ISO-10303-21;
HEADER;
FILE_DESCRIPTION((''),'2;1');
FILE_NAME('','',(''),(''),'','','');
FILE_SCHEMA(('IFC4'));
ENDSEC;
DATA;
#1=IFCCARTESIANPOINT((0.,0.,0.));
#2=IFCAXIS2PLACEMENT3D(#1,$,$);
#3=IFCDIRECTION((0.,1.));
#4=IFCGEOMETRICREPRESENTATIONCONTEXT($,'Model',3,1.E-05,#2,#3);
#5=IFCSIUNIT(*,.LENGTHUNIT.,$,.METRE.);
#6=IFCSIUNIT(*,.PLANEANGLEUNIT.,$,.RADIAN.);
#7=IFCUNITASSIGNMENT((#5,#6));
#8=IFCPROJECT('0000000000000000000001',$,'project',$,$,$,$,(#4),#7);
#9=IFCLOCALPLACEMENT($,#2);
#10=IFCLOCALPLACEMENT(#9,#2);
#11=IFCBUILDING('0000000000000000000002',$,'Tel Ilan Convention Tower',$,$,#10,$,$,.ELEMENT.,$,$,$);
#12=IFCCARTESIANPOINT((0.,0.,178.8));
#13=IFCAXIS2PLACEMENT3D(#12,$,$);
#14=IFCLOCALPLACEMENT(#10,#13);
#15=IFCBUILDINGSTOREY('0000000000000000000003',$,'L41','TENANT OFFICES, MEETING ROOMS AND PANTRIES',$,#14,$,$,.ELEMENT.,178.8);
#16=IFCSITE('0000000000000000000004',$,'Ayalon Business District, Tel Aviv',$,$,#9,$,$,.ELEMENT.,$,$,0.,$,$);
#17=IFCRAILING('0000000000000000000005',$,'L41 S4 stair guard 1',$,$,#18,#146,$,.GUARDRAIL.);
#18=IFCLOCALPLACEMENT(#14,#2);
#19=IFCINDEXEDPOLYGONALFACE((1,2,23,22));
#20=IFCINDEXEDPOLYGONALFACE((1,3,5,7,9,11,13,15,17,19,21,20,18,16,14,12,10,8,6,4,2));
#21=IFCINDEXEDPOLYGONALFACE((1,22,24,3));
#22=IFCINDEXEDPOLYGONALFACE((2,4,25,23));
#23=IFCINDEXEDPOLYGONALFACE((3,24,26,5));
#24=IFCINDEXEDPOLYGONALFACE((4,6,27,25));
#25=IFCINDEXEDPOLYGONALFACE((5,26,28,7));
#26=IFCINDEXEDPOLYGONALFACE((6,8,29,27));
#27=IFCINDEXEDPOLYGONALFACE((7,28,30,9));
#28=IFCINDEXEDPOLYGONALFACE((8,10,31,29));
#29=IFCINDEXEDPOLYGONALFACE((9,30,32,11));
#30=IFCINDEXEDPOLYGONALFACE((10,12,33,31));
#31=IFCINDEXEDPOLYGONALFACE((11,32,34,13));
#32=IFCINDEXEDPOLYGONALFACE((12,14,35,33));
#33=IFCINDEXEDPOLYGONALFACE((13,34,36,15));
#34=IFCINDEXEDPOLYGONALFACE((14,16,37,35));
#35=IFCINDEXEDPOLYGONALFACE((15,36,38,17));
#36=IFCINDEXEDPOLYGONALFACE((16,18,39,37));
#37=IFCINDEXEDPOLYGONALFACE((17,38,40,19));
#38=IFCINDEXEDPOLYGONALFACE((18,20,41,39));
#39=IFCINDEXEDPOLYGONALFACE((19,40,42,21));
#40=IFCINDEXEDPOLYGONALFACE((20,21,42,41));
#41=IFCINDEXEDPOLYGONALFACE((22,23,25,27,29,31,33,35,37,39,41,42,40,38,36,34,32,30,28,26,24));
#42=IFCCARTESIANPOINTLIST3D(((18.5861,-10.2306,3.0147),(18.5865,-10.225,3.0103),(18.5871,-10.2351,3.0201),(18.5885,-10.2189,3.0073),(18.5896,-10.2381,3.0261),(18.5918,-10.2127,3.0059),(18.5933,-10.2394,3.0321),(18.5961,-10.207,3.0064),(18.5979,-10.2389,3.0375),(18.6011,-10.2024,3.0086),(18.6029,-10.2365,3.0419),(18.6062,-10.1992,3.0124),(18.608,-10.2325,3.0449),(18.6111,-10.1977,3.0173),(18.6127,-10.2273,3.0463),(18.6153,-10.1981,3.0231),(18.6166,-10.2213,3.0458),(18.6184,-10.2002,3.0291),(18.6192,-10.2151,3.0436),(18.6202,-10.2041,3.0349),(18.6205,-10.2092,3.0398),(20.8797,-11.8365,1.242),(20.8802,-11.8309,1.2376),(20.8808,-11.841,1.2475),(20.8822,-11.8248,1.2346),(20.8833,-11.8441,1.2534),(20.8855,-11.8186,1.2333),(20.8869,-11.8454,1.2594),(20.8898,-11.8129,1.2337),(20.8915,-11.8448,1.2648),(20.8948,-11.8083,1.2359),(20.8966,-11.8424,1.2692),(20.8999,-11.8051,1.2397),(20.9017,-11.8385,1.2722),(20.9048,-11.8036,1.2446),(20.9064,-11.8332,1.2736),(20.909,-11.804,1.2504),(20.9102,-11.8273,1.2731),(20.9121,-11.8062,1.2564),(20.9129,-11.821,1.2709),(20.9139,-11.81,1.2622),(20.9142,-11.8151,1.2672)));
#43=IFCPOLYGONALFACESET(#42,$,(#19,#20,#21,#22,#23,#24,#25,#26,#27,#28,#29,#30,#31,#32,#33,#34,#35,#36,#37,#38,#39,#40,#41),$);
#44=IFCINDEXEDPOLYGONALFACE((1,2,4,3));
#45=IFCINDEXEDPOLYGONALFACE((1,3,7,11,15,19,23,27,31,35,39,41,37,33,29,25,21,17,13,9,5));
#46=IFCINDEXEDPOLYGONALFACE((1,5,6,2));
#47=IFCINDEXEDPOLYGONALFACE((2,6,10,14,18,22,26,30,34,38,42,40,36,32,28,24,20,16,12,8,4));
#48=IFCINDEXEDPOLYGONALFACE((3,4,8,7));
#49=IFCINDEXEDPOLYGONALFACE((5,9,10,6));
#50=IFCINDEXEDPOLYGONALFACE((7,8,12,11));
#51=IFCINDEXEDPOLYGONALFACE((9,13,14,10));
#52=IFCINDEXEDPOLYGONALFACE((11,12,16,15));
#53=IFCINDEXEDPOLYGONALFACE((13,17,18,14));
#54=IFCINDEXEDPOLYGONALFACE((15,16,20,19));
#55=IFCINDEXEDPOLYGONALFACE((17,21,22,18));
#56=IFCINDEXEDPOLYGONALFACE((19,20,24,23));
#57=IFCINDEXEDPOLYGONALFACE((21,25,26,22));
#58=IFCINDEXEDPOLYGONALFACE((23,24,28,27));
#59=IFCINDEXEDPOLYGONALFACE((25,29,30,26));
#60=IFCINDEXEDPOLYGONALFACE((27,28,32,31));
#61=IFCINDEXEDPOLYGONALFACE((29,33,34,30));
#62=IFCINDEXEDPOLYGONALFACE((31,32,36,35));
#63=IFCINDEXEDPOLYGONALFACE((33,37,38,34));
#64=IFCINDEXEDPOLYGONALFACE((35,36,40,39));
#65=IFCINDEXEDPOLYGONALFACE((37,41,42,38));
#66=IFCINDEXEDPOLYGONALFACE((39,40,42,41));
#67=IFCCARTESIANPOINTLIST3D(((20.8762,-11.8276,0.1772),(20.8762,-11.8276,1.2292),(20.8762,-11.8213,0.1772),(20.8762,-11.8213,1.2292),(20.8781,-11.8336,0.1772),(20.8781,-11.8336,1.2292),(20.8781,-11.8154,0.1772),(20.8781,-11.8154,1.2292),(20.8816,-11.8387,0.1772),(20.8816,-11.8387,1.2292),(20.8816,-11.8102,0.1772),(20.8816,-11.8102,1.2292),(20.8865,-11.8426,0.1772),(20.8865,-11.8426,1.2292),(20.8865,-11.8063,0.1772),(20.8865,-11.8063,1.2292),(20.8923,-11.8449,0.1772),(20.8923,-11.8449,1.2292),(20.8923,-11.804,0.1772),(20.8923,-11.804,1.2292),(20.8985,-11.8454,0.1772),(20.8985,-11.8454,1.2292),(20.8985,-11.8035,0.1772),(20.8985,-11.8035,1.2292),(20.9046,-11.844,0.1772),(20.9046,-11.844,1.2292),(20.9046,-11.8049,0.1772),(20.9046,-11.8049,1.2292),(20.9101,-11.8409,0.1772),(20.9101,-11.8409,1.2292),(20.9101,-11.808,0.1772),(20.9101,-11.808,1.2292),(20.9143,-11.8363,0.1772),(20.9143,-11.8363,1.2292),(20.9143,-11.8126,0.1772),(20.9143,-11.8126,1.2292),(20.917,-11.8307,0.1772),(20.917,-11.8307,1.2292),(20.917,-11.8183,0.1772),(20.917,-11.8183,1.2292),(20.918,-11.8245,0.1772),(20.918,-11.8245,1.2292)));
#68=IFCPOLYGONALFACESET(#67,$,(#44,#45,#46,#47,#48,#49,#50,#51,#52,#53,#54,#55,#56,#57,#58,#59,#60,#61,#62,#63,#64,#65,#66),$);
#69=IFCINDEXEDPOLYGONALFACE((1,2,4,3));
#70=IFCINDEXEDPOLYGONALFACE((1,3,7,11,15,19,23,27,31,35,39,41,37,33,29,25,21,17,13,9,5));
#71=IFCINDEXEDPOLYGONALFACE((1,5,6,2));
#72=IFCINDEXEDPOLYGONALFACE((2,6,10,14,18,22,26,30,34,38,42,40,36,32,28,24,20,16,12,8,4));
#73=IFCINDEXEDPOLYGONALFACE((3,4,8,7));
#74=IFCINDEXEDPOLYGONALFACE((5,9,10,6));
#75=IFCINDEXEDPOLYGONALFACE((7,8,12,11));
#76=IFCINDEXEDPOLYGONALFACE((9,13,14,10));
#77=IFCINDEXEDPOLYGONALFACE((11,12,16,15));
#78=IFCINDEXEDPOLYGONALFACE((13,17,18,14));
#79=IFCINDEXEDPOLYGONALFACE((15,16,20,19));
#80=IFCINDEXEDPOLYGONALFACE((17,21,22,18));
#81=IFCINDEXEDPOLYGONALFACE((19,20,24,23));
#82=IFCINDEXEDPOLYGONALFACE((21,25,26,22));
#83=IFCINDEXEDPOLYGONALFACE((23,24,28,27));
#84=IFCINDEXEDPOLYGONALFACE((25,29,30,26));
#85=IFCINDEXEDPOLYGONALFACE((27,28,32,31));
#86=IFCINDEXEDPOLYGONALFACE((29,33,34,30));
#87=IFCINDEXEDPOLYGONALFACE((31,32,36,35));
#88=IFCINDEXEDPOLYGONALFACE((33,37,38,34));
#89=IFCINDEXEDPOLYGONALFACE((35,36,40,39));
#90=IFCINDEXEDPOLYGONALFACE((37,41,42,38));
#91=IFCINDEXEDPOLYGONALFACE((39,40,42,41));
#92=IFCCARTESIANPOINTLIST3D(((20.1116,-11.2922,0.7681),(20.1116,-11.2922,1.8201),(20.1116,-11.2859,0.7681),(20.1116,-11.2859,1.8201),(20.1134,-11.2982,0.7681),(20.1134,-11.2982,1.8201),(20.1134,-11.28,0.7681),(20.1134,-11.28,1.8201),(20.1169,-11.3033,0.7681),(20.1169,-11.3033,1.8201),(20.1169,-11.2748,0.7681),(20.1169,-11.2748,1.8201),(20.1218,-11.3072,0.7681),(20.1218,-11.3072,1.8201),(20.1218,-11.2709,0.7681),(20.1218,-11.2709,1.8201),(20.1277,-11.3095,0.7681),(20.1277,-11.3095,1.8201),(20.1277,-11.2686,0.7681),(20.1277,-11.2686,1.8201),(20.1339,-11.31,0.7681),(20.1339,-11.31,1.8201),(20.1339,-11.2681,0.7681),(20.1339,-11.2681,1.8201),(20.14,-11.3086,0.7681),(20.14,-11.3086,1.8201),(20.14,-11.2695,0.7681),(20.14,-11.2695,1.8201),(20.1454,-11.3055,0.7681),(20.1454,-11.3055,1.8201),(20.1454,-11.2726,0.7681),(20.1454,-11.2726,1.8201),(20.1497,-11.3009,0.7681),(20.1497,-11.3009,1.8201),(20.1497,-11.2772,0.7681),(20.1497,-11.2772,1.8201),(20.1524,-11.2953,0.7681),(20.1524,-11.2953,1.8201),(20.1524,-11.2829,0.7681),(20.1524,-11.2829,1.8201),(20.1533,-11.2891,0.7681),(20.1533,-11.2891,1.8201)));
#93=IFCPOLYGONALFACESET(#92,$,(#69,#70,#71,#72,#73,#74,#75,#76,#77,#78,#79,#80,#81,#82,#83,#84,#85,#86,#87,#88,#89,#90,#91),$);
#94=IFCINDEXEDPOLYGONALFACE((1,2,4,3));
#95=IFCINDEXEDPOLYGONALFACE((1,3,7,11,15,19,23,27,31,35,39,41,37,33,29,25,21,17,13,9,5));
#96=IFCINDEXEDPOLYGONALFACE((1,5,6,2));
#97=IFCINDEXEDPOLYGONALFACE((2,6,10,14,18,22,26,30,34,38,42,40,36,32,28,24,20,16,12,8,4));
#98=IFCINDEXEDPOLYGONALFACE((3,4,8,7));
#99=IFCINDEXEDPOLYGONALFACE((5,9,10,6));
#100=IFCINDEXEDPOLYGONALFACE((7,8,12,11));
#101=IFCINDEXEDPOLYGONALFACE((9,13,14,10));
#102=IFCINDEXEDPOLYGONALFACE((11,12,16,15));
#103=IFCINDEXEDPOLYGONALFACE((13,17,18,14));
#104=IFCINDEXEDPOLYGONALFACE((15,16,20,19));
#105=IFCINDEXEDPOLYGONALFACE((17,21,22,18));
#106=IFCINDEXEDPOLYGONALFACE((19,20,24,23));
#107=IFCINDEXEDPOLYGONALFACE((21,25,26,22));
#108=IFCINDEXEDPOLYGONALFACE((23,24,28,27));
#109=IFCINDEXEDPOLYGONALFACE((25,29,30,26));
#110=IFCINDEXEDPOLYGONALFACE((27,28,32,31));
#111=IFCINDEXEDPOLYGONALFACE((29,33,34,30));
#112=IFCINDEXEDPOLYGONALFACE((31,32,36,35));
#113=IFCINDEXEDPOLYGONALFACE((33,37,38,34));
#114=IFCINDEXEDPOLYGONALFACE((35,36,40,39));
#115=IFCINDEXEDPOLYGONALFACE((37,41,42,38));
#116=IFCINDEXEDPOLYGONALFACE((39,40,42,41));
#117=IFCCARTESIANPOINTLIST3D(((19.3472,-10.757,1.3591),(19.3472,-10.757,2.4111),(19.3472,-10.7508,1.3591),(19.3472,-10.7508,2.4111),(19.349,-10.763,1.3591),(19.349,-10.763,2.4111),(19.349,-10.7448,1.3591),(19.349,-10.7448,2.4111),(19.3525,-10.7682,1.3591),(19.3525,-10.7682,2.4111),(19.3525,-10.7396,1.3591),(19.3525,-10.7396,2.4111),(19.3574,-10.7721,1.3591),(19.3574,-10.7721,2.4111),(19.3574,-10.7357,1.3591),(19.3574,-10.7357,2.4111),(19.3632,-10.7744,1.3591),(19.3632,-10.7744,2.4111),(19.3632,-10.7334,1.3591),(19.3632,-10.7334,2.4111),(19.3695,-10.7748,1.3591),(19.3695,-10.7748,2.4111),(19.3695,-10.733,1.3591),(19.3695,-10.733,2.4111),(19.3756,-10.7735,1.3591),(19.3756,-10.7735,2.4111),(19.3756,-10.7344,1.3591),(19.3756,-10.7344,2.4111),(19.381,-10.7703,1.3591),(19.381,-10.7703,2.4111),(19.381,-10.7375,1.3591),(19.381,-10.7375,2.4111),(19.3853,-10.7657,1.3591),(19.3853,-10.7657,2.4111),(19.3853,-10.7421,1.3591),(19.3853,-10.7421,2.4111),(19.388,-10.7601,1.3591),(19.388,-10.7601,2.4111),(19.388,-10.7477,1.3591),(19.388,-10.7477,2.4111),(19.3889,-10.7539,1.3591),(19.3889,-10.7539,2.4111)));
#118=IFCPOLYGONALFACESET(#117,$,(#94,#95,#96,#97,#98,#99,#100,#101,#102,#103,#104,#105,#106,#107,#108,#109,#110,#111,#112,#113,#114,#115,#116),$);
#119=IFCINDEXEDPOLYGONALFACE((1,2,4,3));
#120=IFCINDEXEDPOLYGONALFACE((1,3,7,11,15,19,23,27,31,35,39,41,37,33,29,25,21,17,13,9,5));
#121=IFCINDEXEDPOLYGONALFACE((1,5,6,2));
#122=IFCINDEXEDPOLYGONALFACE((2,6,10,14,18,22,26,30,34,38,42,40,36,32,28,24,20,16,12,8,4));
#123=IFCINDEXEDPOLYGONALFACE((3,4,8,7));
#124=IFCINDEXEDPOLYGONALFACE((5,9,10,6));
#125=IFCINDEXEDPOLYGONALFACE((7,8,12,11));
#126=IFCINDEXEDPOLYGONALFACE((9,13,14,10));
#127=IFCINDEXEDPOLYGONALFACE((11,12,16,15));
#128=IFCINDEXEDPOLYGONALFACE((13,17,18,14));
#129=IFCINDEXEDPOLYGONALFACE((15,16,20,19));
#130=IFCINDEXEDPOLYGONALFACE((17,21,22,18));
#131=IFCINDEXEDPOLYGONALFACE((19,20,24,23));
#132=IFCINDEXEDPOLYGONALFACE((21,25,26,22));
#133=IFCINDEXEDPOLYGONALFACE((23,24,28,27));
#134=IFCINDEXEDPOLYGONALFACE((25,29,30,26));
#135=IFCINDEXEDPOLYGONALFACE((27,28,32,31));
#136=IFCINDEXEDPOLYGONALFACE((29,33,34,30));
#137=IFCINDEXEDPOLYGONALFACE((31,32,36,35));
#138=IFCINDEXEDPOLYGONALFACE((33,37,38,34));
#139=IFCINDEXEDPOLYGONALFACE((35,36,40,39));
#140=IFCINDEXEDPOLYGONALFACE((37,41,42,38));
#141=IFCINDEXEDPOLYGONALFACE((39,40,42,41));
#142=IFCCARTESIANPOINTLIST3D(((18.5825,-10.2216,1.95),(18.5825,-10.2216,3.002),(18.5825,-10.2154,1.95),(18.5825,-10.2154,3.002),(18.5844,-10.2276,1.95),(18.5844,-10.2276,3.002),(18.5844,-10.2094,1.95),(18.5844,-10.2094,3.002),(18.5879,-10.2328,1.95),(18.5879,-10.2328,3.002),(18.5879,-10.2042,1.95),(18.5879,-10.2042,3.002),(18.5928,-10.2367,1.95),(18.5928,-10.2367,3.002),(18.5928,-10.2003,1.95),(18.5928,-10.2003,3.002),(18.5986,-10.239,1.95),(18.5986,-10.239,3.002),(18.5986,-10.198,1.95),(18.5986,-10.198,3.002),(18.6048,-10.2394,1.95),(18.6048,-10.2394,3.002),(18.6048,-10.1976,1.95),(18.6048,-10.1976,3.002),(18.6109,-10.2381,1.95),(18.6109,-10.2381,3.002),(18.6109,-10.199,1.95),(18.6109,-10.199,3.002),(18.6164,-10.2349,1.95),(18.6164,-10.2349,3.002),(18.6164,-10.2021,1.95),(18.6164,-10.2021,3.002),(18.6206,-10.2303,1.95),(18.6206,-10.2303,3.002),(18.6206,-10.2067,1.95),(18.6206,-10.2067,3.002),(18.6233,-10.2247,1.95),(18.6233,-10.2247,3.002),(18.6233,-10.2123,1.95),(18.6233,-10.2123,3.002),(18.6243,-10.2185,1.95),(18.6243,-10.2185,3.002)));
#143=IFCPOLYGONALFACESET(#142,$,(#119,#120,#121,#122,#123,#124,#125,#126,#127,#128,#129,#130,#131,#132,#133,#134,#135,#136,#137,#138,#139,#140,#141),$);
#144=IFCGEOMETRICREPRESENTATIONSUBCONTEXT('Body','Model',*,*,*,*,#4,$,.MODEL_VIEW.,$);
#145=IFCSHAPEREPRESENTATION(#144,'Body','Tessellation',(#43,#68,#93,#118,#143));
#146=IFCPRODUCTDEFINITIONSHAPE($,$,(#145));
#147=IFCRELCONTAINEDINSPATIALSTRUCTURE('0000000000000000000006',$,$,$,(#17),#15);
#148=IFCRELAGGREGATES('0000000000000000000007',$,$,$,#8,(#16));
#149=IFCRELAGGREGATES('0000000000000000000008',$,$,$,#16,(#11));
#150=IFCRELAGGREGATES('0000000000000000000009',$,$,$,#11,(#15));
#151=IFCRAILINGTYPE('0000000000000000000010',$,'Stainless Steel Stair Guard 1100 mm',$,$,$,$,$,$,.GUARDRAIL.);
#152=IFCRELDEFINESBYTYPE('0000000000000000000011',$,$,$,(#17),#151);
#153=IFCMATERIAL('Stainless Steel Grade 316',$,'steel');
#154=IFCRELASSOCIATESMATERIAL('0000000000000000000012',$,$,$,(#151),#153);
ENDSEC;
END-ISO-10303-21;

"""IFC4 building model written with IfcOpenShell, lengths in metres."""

from ifc_helpers import new_model, si_unit, direction, frame, origin, origin_2d, place, context, subcontext, project, spatial, circle, extrude, material, type_object, element, save


model = new_model("IFC4")

# Units and contexts
model_context = context("Model", 3, precision=1e-05, world=origin(), true_north=direction((0.0, 1.0)))
body_context = subcontext(model_context, "Body", "Model", "MODEL_VIEW")
ifc_project = project(units=[si_unit("LENGTHUNIT", "METRE"), si_unit("PLANEANGLEUNIT", "RADIAN")], contexts=[model_context])

# Site, building, storey
site_placement = place(None, origin())
site = spatial("IfcSite", under=ifc_project, at=site_placement, Name="Ayalon Business District, Tel Aviv", CompositionType="ELEMENT", RefElevation=0.0)
building_placement = place(site_placement, origin())
building = spatial("IfcBuilding", under=site, at=building_placement, Name="Tel Ilan Convention Tower", CompositionType="ELEMENT")
storey_placement = place(building_placement, frame((0.0, 0.0, 178.8)))
storey = spatial("IfcBuildingStorey", under=building, at=storey_placement, Name="L41", Description="TENANT OFFICES, MEETING ROOMS AND PANTRIES", CompositionType="ELEMENT", Elevation=178.8)

# Railing
ifc_material_1 = material(Name="Stainless Steel Grade 316", Category="steel")
railing_type_1 = type_object("IfcRailingType", Name="Stainless Steel Stair Guard 1100 mm", PredefinedType="GUARDRAIL", material=ifc_material_1)
railing_1_placement = place(storey_placement, frame((20.897, -11.8245, 0.1772)))
element("IfcRailing", 1, at=railing_1_placement, inside=storey, type_object=railing_type_1, Name="L41 S4 stair guard 1", PredefinedType="GUARDRAIL", context=body_context, shape_type="SweptSolid", body=[
    extrude(circle(Radius=0.0239, at=origin_2d()), frame((0.0, 0.0, 1.0762), z_axis=(-0.692123, 0.484597, 0.534913), x_axis=(-0.57355, -0.81917, 0.0)), (0.0, 0.0, 1.0), 3.314),
    extrude(circle(Radius=0.021, at=origin_2d()), origin(), (0.0, 0.0, 1.0), 1.052),
    extrude(circle(Radius=0.021, at=origin_2d()), frame((-0.7646, 0.5354, 0.5908)), (0.0, 0.0, 1.0), 1.052),
    extrude(circle(Radius=0.021, at=origin_2d()), frame((-1.5291, 1.0706, 1.1819)), (0.0, 0.0, 1.0), 1.052),
    extrude(circle(Radius=0.021, at=origin_2d()), frame((-2.2937, 1.606, 1.7727)), (0.0, 0.0, 1.0), 1.052),
])

save(model, "model.ifc")
